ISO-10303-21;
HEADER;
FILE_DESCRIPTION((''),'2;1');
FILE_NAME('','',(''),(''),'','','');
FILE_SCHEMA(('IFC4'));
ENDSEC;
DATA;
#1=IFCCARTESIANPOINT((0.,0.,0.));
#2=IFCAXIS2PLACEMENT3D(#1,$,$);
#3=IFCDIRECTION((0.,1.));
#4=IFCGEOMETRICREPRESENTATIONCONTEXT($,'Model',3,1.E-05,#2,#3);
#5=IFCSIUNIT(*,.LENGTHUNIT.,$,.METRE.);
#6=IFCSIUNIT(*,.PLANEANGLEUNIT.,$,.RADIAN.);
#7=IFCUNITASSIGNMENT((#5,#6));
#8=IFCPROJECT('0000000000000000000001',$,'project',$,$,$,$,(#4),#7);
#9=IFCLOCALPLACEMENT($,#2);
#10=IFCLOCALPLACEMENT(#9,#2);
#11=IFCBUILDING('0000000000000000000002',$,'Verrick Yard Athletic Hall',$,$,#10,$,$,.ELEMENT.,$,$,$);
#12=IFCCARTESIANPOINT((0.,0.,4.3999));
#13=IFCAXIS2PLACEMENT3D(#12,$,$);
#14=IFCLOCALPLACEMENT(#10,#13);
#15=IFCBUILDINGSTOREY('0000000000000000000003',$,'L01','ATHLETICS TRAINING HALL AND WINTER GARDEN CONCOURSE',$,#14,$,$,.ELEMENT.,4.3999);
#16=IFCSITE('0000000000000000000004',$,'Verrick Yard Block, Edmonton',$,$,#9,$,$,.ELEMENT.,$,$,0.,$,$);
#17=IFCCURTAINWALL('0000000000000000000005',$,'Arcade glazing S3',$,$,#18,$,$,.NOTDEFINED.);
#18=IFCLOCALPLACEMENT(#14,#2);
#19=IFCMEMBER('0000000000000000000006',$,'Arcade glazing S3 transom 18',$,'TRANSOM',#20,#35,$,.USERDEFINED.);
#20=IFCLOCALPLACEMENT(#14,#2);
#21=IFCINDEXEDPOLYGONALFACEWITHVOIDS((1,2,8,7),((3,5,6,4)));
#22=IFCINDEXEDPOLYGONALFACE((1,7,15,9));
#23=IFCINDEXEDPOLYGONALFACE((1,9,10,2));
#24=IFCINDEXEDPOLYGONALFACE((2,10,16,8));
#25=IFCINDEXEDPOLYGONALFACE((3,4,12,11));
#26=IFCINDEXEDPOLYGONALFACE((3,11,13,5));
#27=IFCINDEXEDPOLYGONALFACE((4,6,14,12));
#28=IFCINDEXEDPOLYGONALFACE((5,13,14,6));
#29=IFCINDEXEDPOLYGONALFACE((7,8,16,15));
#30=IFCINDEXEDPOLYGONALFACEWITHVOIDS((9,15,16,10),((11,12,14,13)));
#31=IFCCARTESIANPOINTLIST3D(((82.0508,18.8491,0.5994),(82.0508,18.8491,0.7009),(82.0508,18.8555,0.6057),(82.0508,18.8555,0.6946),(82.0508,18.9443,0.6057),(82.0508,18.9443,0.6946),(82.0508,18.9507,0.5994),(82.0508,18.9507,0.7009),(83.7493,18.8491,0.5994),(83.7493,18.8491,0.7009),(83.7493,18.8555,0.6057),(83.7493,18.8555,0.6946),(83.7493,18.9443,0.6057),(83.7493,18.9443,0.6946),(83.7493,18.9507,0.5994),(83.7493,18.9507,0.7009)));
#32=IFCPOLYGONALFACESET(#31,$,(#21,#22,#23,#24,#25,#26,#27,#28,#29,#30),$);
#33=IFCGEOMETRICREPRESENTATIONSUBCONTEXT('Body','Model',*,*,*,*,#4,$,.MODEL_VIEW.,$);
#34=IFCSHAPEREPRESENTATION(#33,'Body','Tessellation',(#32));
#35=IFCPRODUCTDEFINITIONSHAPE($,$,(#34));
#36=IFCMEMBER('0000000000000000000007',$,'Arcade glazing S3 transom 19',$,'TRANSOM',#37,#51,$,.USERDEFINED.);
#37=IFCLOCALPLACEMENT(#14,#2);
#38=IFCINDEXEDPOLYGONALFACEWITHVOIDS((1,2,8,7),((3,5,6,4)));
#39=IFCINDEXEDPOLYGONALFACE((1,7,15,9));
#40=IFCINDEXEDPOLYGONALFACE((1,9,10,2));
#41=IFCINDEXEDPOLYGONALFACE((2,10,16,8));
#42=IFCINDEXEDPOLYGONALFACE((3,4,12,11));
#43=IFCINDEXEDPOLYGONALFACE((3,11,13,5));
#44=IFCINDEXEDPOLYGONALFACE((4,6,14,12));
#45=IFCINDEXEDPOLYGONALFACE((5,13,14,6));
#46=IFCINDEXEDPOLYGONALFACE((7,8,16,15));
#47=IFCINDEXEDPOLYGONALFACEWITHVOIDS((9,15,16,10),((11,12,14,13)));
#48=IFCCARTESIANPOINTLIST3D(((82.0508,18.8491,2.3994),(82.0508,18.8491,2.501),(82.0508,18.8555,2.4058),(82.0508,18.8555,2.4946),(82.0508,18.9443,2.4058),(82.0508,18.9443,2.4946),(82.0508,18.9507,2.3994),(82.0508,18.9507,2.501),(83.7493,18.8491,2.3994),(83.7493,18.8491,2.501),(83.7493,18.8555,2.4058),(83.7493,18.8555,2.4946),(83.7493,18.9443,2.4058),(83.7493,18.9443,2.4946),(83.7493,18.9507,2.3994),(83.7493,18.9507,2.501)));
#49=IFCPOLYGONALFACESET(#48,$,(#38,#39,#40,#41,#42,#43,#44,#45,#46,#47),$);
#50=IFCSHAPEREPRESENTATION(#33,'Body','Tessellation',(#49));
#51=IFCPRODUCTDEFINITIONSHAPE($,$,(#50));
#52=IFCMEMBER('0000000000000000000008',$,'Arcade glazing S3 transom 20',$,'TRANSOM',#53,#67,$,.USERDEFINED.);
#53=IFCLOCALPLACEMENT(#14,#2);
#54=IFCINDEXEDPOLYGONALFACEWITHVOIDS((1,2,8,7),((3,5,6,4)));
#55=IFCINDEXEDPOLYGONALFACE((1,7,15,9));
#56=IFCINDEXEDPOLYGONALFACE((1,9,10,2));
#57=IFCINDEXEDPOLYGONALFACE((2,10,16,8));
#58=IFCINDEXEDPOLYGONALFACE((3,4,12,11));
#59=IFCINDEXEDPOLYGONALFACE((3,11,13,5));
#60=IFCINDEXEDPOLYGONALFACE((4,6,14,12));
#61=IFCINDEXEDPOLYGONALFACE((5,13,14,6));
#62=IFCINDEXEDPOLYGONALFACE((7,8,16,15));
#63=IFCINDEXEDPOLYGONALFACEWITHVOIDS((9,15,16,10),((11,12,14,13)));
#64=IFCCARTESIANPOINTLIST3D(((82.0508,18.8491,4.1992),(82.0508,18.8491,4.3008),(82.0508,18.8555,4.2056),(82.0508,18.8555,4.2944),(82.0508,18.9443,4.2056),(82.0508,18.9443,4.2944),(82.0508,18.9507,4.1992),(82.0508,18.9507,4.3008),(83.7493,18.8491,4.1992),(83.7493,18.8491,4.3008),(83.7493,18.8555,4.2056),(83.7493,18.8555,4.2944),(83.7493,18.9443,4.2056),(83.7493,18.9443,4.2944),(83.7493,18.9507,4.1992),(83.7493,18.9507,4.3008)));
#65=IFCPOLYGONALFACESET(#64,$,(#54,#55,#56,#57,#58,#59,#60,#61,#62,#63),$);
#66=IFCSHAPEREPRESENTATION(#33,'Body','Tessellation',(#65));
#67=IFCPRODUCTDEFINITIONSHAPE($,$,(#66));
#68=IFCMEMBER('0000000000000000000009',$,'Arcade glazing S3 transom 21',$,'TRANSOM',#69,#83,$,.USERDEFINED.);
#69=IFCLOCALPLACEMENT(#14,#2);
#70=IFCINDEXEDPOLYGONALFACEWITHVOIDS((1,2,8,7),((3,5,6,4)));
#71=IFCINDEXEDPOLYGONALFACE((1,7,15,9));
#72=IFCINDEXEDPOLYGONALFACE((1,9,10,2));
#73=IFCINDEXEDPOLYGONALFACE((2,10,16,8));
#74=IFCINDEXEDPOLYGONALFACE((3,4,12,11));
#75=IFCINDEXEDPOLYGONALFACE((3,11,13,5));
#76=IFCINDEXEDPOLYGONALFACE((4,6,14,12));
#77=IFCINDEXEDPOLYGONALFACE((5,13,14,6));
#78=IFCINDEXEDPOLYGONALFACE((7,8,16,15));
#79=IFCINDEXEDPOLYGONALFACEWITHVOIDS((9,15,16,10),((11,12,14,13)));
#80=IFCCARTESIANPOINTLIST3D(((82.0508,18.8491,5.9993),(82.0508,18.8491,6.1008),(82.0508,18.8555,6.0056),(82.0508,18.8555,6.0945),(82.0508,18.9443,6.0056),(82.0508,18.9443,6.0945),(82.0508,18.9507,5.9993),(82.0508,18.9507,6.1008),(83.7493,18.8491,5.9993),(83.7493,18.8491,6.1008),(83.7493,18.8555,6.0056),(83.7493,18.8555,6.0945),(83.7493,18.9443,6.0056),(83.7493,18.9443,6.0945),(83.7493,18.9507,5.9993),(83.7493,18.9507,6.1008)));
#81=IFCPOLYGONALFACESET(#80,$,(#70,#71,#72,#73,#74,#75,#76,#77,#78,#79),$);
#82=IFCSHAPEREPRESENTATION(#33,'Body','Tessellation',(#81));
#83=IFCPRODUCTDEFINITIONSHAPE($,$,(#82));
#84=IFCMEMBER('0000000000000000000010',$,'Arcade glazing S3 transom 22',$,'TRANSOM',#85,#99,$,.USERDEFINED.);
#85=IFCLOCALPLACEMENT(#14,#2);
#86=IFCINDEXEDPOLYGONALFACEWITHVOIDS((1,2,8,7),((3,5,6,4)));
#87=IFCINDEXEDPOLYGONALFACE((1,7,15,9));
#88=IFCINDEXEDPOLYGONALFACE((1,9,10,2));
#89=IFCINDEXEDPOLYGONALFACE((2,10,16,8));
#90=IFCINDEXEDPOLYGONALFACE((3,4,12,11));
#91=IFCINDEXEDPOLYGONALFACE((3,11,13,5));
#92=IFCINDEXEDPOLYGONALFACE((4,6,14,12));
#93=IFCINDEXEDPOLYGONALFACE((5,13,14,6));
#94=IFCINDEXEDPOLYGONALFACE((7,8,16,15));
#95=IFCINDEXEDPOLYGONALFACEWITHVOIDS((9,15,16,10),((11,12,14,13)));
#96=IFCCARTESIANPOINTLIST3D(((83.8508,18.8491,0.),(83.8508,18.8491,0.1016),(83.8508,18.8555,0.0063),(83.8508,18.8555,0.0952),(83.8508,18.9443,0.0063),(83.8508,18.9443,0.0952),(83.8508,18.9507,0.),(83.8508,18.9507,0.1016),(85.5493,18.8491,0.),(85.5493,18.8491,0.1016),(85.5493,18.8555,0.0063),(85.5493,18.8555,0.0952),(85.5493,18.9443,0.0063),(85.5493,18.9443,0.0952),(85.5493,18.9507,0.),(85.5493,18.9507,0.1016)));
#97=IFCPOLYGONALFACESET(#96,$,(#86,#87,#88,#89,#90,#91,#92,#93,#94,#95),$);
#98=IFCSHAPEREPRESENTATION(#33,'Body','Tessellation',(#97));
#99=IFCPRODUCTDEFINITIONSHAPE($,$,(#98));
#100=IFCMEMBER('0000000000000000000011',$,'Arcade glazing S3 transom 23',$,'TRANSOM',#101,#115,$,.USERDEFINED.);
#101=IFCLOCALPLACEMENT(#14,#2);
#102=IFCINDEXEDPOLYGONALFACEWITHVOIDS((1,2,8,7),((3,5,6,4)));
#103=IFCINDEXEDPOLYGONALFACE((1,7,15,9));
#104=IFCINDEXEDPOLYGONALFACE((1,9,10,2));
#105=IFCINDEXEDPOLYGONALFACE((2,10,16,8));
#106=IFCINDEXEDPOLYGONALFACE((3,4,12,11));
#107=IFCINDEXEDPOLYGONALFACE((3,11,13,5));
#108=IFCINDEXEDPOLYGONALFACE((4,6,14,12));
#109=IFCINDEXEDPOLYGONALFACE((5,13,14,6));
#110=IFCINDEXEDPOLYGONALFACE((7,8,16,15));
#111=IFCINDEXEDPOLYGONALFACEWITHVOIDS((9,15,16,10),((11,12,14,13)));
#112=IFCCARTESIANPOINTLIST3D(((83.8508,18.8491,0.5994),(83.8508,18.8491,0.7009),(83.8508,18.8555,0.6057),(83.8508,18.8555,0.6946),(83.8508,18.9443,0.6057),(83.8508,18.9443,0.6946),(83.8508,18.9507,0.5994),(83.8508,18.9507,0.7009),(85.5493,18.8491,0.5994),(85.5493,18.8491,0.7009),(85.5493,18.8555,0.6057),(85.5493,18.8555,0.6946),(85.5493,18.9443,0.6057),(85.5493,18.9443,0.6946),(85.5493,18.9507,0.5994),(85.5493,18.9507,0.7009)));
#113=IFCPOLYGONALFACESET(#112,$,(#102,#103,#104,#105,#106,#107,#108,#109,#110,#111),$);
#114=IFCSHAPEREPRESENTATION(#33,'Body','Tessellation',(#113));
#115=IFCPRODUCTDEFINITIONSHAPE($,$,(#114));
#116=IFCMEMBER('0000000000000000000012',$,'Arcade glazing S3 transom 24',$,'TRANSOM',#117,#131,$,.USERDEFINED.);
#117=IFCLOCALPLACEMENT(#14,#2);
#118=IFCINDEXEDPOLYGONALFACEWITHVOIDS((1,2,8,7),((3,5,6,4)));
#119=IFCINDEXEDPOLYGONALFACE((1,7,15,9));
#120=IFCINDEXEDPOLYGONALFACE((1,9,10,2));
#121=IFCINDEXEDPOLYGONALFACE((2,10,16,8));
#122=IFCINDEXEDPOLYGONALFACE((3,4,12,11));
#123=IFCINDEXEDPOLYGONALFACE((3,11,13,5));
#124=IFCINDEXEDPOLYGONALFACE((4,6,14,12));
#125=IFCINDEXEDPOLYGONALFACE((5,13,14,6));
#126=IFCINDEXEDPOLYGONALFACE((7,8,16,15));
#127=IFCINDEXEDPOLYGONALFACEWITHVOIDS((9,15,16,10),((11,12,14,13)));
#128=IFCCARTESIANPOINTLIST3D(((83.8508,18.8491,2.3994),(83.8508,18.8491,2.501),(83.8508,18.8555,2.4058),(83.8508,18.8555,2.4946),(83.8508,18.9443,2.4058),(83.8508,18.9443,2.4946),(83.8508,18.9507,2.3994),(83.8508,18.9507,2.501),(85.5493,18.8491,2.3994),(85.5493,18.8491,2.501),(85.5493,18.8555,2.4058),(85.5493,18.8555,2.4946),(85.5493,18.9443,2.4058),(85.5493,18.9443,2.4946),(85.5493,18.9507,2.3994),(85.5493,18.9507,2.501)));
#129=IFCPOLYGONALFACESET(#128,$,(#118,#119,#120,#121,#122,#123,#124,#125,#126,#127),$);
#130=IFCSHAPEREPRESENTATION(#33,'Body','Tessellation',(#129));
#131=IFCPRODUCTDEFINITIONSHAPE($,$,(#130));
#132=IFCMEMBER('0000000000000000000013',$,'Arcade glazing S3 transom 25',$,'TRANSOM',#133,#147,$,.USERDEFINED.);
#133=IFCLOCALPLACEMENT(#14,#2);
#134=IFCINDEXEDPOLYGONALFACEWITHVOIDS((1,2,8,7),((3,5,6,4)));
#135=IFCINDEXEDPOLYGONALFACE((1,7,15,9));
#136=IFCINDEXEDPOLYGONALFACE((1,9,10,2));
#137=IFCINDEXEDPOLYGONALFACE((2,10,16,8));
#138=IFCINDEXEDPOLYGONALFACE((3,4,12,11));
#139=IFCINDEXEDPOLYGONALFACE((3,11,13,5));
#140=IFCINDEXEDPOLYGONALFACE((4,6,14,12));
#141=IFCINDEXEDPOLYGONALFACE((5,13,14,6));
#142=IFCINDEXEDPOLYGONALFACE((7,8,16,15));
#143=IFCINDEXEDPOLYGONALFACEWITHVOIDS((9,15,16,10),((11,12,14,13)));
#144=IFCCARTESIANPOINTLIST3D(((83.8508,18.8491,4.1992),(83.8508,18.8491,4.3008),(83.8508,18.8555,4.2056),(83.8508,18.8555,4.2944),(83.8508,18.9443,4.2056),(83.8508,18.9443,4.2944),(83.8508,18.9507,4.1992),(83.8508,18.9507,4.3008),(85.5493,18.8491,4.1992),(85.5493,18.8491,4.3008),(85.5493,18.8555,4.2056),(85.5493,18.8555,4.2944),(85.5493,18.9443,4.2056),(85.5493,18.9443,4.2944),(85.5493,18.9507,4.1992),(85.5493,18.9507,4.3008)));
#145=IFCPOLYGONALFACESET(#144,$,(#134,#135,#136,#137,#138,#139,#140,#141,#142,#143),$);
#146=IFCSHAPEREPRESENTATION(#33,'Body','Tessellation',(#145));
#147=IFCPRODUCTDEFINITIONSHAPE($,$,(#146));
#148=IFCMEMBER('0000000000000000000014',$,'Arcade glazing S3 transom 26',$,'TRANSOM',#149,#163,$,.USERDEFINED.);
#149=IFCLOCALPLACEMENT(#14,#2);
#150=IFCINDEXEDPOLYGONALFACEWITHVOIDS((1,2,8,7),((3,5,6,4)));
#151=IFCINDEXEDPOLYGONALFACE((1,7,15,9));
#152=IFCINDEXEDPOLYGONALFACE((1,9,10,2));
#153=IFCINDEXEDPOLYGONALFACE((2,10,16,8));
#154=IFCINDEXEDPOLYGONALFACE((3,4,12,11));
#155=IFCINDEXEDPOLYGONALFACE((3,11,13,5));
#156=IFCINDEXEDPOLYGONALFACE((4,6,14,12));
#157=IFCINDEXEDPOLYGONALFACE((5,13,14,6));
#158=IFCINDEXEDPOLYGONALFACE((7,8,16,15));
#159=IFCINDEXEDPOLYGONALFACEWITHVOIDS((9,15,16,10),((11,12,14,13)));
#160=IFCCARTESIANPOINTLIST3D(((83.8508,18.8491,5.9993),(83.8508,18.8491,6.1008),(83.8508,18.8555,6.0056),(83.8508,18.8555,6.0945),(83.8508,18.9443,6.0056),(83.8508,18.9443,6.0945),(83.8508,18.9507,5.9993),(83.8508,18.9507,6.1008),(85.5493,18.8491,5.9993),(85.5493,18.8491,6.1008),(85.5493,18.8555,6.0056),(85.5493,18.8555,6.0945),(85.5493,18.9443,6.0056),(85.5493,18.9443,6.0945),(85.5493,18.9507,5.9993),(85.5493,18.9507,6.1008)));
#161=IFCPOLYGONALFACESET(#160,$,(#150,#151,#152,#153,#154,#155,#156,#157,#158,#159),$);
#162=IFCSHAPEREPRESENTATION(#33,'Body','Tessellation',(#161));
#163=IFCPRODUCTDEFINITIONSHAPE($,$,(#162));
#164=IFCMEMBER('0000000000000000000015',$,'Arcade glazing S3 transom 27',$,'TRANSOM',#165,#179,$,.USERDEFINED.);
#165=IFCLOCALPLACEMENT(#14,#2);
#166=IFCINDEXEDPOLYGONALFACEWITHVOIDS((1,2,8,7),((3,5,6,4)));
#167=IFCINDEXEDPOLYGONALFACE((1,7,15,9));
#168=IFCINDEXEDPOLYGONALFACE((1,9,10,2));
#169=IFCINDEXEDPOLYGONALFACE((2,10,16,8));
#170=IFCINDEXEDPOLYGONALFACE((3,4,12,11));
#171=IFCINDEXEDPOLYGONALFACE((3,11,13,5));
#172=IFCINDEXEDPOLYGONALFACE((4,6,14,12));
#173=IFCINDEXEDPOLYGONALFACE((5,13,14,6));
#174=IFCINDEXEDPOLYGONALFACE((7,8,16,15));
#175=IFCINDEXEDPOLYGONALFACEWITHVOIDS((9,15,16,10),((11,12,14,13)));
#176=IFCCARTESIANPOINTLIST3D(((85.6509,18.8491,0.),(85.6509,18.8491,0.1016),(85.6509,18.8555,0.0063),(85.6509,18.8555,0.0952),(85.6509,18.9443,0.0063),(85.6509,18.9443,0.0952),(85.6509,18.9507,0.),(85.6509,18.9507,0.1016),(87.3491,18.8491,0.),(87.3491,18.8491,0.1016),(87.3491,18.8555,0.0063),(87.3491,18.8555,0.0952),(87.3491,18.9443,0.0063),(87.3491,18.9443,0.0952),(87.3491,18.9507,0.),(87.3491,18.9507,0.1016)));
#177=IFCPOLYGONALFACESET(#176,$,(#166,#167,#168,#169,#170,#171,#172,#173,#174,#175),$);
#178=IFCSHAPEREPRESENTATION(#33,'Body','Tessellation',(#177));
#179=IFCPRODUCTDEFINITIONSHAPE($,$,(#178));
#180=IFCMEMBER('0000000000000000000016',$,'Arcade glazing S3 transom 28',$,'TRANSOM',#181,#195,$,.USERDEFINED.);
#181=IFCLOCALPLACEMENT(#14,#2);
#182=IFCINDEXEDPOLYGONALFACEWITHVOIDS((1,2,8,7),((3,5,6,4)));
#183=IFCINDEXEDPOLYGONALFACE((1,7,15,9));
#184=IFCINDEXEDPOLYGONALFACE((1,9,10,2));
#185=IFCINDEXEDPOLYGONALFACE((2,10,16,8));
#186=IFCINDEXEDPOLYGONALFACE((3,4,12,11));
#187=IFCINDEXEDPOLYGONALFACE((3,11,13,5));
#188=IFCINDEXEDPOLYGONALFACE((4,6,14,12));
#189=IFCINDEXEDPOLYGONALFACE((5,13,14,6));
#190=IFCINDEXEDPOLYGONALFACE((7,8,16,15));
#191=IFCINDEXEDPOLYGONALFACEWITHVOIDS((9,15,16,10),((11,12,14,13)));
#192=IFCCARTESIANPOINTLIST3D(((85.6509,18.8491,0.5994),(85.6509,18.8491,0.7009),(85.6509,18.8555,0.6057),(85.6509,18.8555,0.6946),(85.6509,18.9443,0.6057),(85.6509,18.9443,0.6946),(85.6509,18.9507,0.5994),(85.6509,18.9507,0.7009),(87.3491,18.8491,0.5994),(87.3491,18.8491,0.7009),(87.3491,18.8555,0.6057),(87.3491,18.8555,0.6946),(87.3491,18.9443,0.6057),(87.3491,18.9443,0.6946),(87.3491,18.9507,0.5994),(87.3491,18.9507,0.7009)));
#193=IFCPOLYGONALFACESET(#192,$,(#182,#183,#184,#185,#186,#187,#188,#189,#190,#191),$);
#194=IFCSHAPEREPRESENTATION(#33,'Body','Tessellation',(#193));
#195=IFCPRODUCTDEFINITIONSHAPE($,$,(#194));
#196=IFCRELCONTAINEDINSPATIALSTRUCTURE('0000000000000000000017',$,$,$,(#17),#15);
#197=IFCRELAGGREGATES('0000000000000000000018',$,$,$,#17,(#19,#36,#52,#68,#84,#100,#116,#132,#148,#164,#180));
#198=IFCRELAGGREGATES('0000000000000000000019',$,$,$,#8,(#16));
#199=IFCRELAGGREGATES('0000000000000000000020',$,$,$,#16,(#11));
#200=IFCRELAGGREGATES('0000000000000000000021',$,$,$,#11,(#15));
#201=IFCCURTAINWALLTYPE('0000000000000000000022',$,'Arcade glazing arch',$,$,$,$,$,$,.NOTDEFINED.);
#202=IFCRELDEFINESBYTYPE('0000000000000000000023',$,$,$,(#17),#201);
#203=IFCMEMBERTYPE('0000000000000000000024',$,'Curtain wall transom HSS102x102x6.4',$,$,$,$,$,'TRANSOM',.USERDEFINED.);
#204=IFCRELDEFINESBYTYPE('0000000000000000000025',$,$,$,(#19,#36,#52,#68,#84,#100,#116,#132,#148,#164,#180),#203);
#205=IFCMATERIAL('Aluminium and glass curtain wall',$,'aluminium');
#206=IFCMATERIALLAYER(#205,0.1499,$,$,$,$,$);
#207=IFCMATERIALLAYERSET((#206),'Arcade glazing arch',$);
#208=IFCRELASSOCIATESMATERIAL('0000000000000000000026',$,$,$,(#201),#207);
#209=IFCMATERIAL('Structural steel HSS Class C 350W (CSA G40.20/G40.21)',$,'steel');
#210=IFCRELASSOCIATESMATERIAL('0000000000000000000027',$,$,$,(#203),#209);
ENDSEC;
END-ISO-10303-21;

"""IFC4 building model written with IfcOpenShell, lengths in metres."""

from ifc_helpers import new_model, si_unit, direction, frame, origin, origin_2d, place, context, subcontext, project, spatial, hollow_rectangle, extrude, material, layer, layer_set, material_profile, profile_set, type_object, element, aggregate, save


model = new_model("IFC4")

# Units and contexts
model_context = context("Model", 3, precision=1e-05, world=origin(), true_north=direction((0.0, 1.0)))
body_context = subcontext(model_context, "Body", "Model", "MODEL_VIEW")
ifc_project = project(units=[si_unit("LENGTHUNIT", "METRE"), si_unit("PLANEANGLEUNIT", "RADIAN")], contexts=[model_context])

# Site, building, storey
site_placement = place(None, origin())
site = spatial("IfcSite", under=ifc_project, at=site_placement, Name="Verrick Yard Block, Edmonton", CompositionType="ELEMENT", RefElevation=0.0)
building_placement = place(site_placement, origin())
building = spatial("IfcBuilding", under=site, at=building_placement, Name="Verrick Yard Athletic Hall", CompositionType="ELEMENT")
storey_placement = place(building_placement, frame((0.0, 0.0, 4.3999)))
storey = spatial("IfcBuildingStorey", under=building, at=storey_placement, Name="L01", Description="ATHLETICS TRAINING HALL AND WINTER GARDEN CONCOURSE", CompositionType="ELEMENT", Elevation=4.3999)

# Curtain wall, members
ifc_material_1 = material(Name="Aluminium and glass curtain wall", Category="aluminium")
ifc_layer_1 = layer(ifc_material_1, 0.1499)
ifc_layer_set_1 = layer_set([ifc_layer_1], Name="Arcade glazing arch")
curtain_wall_type = type_object("IfcCurtainWallType", Name="Arcade glazing arch", PredefinedType="NOTDEFINED", material=ifc_layer_set_1)
curtain_wall_1_placement = place(storey_placement, origin())
curtain_wall_1 = element("IfcCurtainWall", 1, at=curtain_wall_1_placement, inside=storey, type_object=curtain_wall_type, Name="Arcade glazing S3", PredefinedType="NOTDEFINED")
ifc_material_2 = material(Name="Structural steel HSS Class C 350W (CSA G40.20/G40.21)", Category="steel")
ifc_material_profile_1 = material_profile(ifc_material_2, hollow_rectangle(XDim=0.1016, YDim=0.1016, WallThickness=0.0063, at=origin_2d()), Name="HSS102x102x6.4")
ifc_profile_set_1 = profile_set([ifc_material_profile_1], Name="Structural steel HSS Class C 350W (CSA G40.20/G40.21)")
member_type_1 = type_object("IfcMemberType", Name="Curtain wall transom HSS102x102x6.4", ElementType="TRANSOM", PredefinedType="USERDEFINED", material=ifc_profile_set_1)
member_1_placement = place(storey_placement, frame((82.0508, 18.8999, 0.6501), z_axis=(1.0, 0.0, 0.0), x_axis=(0.0, 1.0, 0.0)))
member_1 = element("IfcMember", 2, at=member_1_placement, type_object=member_type_1, Name="Arcade glazing S3 transom 18", ObjectType="TRANSOM", PredefinedType="USERDEFINED", context=body_context, shape_type="SweptSolid", body=[
    extrude(hollow_rectangle(XDim=0.1016, YDim=0.1016, WallThickness=0.0063, at=origin_2d()), origin(), (0.0, 0.0, 1.0), 1.6985),
])
member_2_placement = place(storey_placement, frame((82.0508, 18.8999, 2.4502), z_axis=(1.0, 0.0, 0.0), x_axis=(0.0, 1.0, 0.0)))
member_2 = element("IfcMember", 3, at=member_2_placement, type_object=member_type_1, Name="Arcade glazing S3 transom 19", ObjectType="TRANSOM", PredefinedType="USERDEFINED", context=body_context, shape_type="SweptSolid", body=[
    extrude(hollow_rectangle(XDim=0.1016, YDim=0.1016, WallThickness=0.0063, at=origin_2d()), origin(), (0.0, 0.0, 1.0), 1.6985),
])
member_3_placement = place(storey_placement, frame((82.0508, 18.8999, 4.25), z_axis=(1.0, 0.0, 0.0), x_axis=(0.0, 1.0, 0.0)))
member_3 = element("IfcMember", 4, at=member_3_placement, type_object=member_type_1, Name="Arcade glazing S3 transom 20", ObjectType="TRANSOM", PredefinedType="USERDEFINED", context=body_context, shape_type="SweptSolid", body=[
    extrude(hollow_rectangle(XDim=0.1016, YDim=0.1016, WallThickness=0.0063, at=origin_2d()), origin(), (0.0, 0.0, 1.0), 1.6985),
])
member_4_placement = place(storey_placement, frame((82.0508, 18.8999, 6.05), z_axis=(1.0, 0.0, 0.0), x_axis=(0.0, 1.0, 0.0)))
member_4 = element("IfcMember", 5, at=member_4_placement, type_object=member_type_1, Name="Arcade glazing S3 transom 21", ObjectType="TRANSOM", PredefinedType="USERDEFINED", context=body_context, shape_type="SweptSolid", body=[
    extrude(hollow_rectangle(XDim=0.1016, YDim=0.1016, WallThickness=0.0063, at=origin_2d()), origin(), (0.0, 0.0, 1.0), 1.6985),
])
member_5_placement = place(storey_placement, frame((83.8508, 18.8999, 0.0508), z_axis=(1.0, 0.0, 0.0), x_axis=(0.0, 1.0, 0.0)))
member_5 = element("IfcMember", 6, at=member_5_placement, type_object=member_type_1, Name="Arcade glazing S3 transom 22", ObjectType="TRANSOM", PredefinedType="USERDEFINED", context=body_context, shape_type="SweptSolid", body=[
    extrude(hollow_rectangle(XDim=0.1016, YDim=0.1016, WallThickness=0.0063, at=origin_2d()), origin(), (0.0, 0.0, 1.0), 1.6985),
])
member_6_placement = place(storey_placement, frame((83.8508, 18.8999, 0.6501), z_axis=(1.0, 0.0, 0.0), x_axis=(0.0, 1.0, 0.0)))
member_6 = element("IfcMember", 7, at=member_6_placement, type_object=member_type_1, Name="Arcade glazing S3 transom 23", ObjectType="TRANSOM", PredefinedType="USERDEFINED", context=body_context, shape_type="SweptSolid", body=[
    extrude(hollow_rectangle(XDim=0.1016, YDim=0.1016, WallThickness=0.0063, at=origin_2d()), origin(), (0.0, 0.0, 1.0), 1.6985),
])
member_7_placement = place(storey_placement, frame((83.8508, 18.8999, 2.4502), z_axis=(1.0, 0.0, 0.0), x_axis=(0.0, 1.0, 0.0)))
member_7 = element("IfcMember", 8, at=member_7_placement, type_object=member_type_1, Name="Arcade glazing S3 transom 24", ObjectType="TRANSOM", PredefinedType="USERDEFINED", context=body_context, shape_type="SweptSolid", body=[
    extrude(hollow_rectangle(XDim=0.1016, YDim=0.1016, WallThickness=0.0063, at=origin_2d()), origin(), (0.0, 0.0, 1.0), 1.6985),
])
member_8_placement = place(storey_placement, frame((83.8508, 18.8999, 4.25), z_axis=(1.0, 0.0, 0.0), x_axis=(0.0, 1.0, 0.0)))
member_8 = element("IfcMember", 9, at=member_8_placement, type_object=member_type_1, Name="Arcade glazing S3 transom 25", ObjectType="TRANSOM", PredefinedType="USERDEFINED", context=body_context, shape_type="SweptSolid", body=[
    extrude(hollow_rectangle(XDim=0.1016, YDim=0.1016, WallThickness=0.0063, at=origin_2d()), origin(), (0.0, 0.0, 1.0), 1.6985),
])
member_9_placement = place(storey_placement, frame((83.8508, 18.8999, 6.05), z_axis=(1.0, 0.0, 0.0), x_axis=(0.0, 1.0, 0.0)))
member_9 = element("IfcMember", 10, at=member_9_placement, type_object=member_type_1, Name="Arcade glazing S3 transom 26", ObjectType="TRANSOM", PredefinedType="USERDEFINED", context=body_context, shape_type="SweptSolid", body=[
    extrude(hollow_rectangle(XDim=0.1016, YDim=0.1016, WallThickness=0.0063, at=origin_2d()), origin(), (0.0, 0.0, 1.0), 1.6985),
])
member_10_placement = place(storey_placement, frame((85.6509, 18.8999, 0.0508), z_axis=(1.0, 0.0, 0.0), x_axis=(0.0, 1.0, 0.0)))
member_10 = element("IfcMember", 11, at=member_10_placement, type_object=member_type_1, Name="Arcade glazing S3 transom 27", ObjectType="TRANSOM", PredefinedType="USERDEFINED", context=body_context, shape_type="SweptSolid", body=[
    extrude(hollow_rectangle(XDim=0.1016, YDim=0.1016, WallThickness=0.0063, at=origin_2d()), origin(), (0.0, 0.0, 1.0), 1.6982),
])
member_11_placement = place(storey_placement, frame((85.6509, 18.8999, 0.6501), z_axis=(1.0, 0.0, 0.0), x_axis=(0.0, 1.0, 0.0)))
member_11 = element("IfcMember", 12, at=member_11_placement, type_object=member_type_1, Name="Arcade glazing S3 transom 28", ObjectType="TRANSOM", PredefinedType="USERDEFINED", context=body_context, shape_type="SweptSolid", body=[
    extrude(hollow_rectangle(XDim=0.1016, YDim=0.1016, WallThickness=0.0063, at=origin_2d()), origin(), (0.0, 0.0, 1.0), 1.6982),
])
aggregate(curtain_wall_1, [member_1, member_2, member_3, member_4, member_5, member_6, member_7, member_8, member_9, member_10, member_11])

save(model, "model.ifc")
